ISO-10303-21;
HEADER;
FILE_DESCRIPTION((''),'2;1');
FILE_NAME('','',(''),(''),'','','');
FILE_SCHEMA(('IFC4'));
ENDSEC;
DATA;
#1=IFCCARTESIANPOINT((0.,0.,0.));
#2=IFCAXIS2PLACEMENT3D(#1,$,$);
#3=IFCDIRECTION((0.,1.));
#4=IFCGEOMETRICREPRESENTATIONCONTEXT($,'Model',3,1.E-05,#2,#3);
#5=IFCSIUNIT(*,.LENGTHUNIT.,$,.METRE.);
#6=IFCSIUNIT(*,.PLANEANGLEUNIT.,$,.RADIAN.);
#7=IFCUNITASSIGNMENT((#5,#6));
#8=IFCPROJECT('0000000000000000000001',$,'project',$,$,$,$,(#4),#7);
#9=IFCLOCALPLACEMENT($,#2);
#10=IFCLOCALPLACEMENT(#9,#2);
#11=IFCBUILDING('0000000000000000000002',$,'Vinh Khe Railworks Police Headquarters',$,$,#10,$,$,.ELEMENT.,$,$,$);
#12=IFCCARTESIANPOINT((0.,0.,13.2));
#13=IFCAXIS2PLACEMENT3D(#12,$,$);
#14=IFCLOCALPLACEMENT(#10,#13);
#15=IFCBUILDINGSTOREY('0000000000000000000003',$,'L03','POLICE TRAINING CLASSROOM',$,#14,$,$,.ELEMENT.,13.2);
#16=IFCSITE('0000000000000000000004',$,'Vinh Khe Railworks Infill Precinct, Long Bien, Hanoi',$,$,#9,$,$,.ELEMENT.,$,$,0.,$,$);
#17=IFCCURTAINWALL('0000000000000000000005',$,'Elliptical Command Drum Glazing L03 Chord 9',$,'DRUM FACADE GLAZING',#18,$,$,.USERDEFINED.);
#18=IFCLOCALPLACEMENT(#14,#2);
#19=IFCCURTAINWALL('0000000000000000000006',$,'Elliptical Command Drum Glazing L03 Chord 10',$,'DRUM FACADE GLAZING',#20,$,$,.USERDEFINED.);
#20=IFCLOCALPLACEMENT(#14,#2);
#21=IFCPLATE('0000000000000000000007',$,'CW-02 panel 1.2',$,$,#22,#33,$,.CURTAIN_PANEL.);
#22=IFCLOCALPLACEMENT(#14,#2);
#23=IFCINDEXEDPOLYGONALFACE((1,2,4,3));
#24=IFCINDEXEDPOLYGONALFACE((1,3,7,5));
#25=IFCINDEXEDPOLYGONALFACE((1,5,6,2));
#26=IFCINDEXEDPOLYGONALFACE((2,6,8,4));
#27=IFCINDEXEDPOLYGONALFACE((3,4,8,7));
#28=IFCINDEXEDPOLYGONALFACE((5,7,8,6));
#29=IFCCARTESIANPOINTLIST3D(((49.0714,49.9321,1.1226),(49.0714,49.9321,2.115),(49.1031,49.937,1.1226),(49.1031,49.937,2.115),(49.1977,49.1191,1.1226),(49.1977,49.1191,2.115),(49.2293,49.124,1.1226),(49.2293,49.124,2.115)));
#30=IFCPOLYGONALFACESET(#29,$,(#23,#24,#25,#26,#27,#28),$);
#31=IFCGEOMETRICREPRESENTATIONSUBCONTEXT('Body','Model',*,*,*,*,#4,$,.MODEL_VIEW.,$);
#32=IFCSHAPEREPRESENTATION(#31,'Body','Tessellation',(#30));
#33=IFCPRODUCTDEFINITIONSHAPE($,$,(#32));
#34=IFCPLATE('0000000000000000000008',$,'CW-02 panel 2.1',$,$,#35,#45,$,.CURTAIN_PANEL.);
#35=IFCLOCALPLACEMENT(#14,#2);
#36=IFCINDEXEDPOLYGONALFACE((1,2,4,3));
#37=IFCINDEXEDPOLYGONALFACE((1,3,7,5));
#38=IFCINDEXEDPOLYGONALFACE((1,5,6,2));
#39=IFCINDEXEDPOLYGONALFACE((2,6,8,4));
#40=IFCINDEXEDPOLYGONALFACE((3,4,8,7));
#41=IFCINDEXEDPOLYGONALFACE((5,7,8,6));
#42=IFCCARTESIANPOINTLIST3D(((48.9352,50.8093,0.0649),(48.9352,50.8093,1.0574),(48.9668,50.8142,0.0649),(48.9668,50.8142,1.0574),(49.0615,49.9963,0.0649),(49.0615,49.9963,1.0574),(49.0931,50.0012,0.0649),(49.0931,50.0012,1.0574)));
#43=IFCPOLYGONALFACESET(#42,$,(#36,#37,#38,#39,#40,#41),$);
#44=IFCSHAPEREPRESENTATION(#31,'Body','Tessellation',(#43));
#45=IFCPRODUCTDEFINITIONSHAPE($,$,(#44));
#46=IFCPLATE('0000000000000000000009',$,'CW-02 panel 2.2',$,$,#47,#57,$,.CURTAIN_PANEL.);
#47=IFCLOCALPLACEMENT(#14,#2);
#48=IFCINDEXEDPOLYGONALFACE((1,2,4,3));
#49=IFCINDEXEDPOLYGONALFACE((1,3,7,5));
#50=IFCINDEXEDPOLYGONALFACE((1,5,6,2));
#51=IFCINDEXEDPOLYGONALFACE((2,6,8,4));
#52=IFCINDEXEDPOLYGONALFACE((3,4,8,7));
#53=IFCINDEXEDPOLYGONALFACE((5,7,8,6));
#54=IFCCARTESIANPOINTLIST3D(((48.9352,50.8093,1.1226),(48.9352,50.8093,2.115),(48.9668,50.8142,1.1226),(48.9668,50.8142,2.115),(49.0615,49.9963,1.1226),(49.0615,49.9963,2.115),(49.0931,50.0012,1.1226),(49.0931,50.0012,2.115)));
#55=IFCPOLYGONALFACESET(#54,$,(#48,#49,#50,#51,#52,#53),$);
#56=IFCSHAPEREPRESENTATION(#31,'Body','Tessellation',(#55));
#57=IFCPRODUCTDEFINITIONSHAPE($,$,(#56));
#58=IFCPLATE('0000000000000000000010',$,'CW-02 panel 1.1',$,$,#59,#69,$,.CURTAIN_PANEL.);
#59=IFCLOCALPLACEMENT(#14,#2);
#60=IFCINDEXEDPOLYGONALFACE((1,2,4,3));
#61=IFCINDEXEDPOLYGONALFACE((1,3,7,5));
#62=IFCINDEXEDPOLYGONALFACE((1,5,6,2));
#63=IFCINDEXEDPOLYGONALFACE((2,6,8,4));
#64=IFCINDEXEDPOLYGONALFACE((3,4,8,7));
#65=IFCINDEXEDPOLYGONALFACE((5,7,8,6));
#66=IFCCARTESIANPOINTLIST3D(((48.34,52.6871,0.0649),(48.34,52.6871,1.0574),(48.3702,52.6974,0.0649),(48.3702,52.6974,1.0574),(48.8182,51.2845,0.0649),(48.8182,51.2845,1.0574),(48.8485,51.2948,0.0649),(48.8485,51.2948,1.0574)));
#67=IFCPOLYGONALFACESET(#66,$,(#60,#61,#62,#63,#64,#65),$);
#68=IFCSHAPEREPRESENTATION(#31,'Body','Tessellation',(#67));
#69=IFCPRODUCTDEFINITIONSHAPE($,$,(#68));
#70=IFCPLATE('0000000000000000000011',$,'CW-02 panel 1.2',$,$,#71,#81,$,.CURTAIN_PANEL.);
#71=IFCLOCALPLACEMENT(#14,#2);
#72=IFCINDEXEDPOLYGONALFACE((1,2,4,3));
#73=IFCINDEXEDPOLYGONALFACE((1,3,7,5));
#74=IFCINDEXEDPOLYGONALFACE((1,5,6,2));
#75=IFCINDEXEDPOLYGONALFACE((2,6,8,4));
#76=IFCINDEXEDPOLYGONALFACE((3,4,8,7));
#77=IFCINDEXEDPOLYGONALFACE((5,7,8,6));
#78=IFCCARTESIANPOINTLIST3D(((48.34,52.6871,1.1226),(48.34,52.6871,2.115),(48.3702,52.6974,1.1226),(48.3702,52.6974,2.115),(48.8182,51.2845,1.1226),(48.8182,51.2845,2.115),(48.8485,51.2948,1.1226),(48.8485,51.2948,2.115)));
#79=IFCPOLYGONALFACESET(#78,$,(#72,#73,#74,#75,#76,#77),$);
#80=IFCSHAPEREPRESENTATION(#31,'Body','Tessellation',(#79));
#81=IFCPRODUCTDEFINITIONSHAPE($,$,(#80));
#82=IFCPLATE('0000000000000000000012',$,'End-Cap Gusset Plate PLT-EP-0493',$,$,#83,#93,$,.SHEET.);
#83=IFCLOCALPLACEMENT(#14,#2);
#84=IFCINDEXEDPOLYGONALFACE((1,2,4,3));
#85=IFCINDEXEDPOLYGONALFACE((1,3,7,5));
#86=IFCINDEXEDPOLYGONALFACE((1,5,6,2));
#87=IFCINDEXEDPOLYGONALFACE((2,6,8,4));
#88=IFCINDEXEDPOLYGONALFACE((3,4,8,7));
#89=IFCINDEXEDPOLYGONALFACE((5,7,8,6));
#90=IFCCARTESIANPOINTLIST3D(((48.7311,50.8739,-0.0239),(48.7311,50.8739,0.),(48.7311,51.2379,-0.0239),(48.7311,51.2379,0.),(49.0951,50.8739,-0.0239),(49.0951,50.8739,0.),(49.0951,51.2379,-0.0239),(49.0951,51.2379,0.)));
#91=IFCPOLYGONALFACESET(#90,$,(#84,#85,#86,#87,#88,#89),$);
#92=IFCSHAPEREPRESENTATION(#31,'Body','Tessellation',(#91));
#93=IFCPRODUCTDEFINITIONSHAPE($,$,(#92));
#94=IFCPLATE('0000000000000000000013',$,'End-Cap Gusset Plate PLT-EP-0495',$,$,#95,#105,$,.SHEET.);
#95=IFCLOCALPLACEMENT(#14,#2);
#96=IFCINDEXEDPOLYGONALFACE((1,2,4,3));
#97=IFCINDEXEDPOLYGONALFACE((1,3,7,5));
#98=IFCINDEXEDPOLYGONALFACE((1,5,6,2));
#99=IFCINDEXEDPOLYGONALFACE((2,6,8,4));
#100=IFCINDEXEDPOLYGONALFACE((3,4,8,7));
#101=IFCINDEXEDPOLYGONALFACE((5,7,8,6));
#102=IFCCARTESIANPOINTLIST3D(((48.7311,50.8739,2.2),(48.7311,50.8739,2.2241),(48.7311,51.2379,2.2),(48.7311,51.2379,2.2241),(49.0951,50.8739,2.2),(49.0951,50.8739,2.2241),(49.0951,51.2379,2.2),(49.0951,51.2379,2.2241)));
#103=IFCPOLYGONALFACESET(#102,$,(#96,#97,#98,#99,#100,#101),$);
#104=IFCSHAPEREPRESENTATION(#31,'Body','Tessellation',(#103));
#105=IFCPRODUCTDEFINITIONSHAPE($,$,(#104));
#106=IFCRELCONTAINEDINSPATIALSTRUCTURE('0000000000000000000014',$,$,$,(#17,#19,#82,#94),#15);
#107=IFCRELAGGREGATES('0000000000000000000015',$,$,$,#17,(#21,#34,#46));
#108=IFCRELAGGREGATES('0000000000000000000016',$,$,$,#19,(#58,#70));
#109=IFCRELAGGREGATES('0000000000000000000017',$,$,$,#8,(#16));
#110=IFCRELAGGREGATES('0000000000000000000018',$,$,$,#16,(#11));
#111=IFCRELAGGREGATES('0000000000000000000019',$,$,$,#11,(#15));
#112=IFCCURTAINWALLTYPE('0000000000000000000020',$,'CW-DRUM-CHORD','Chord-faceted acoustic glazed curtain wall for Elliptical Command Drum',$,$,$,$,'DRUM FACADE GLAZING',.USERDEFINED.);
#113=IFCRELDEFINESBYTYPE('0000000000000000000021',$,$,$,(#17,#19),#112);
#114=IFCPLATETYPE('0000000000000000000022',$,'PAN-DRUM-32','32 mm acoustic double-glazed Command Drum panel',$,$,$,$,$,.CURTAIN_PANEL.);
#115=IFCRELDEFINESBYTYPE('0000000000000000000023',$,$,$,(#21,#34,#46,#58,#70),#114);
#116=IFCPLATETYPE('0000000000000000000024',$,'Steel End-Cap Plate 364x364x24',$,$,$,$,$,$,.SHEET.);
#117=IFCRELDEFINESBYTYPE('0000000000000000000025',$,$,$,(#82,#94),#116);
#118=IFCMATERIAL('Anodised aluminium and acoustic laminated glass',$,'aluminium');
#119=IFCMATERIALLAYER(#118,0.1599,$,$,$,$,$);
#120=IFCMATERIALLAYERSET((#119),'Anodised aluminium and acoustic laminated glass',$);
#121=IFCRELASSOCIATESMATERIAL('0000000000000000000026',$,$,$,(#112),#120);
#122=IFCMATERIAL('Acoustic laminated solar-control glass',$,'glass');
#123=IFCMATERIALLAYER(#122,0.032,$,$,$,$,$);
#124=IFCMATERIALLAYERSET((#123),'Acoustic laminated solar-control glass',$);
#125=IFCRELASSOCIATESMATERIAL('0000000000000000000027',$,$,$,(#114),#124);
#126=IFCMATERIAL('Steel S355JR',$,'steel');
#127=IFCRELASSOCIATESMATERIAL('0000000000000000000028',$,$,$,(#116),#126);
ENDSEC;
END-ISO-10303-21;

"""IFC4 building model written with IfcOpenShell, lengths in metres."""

from ifc_helpers import new_model, si_unit, direction, frame, origin, origin_2d, place, context, subcontext, project, spatial, rectangle, extrude, material, layer, layer_set, material_profile, profile_set, type_object, element, aggregate, save


model = new_model("IFC4")

# Units and contexts
model_context = context("Model", 3, precision=1e-05, world=origin(), true_north=direction((0.0, 1.0)))
body_context = subcontext(model_context, "Body", "Model", "MODEL_VIEW")
ifc_project = project(units=[si_unit("LENGTHUNIT", "METRE"), si_unit("PLANEANGLEUNIT", "RADIAN")], contexts=[model_context])

# Site, building, storey
site_placement = place(None, origin())
site = spatial("IfcSite", under=ifc_project, at=site_placement, Name="Vinh Khe Railworks Infill Precinct, Long Bien, Hanoi", CompositionType="ELEMENT", RefElevation=0.0)
building_placement = place(site_placement, origin())
building = spatial("IfcBuilding", under=site, at=building_placement, Name="Vinh Khe Railworks Police Headquarters", CompositionType="ELEMENT")
storey_placement = place(building_placement, frame((0.0, 0.0, 13.2)))
storey = spatial("IfcBuildingStorey", under=building, at=storey_placement, Name="L03", Description="POLICE TRAINING CLASSROOM", CompositionType="ELEMENT", Elevation=13.2)

# Shared definitions
ifc_material_1 = material(Name="Steel S355JR", Category="steel")

# Curtain wall
ifc_material_2 = material(Name="Anodised aluminium and acoustic laminated glass", Category="aluminium")
ifc_layer_1 = layer(ifc_material_2, 0.1599)
ifc_layer_set_1 = layer_set([ifc_layer_1], Name="Anodised aluminium and acoustic laminated glass")
curtain_wall_type = type_object("IfcCurtainWallType", Name="CW-DRUM-CHORD", Description="Chord-faceted acoustic glazed curtain wall for Elliptical Command Drum", ElementType="DRUM FACADE GLAZING", PredefinedType="USERDEFINED", material=ifc_layer_set_1)
curtain_wall_1_placement = place(storey_placement, origin())
curtain_wall_1 = element("IfcCurtainWall", 1, at=curtain_wall_1_placement, inside=storey, type_object=curtain_wall_type, Name="Elliptical Command Drum Glazing L03 Chord 9", ObjectType="DRUM FACADE GLAZING", PredefinedType="USERDEFINED")

# Curtain wall
curtain_wall_2_placement = place(storey_placement, origin())
curtain_wall_2 = element("IfcCurtainWall", 2, at=curtain_wall_2_placement, inside=storey, type_object=curtain_wall_type, Name="Elliptical Command Drum Glazing L03 Chord 10", ObjectType="DRUM FACADE GLAZING", PredefinedType="USERDEFINED")

# Plates
ifc_material_3 = material(Name="Acoustic laminated solar-control glass", Category="glass")
ifc_layer_2 = layer(ifc_material_3, 0.032)
ifc_layer_set_2 = layer_set([ifc_layer_2], Name="Acoustic laminated solar-control glass")
plate_type_1 = type_object("IfcPlateType", Name="PAN-DRUM-32", Description="32 mm acoustic double-glazed Command Drum panel", PredefinedType="CURTAIN_PANEL", material=ifc_layer_set_2)
plate_1_placement = place(storey_placement, frame((49.1504, 49.5281, 1.1226), z_axis=(0.0, 0.0, 1.0), x_axis=(-0.153489, 0.98815, 0.0)))
plate_1 = element("IfcPlate", 3, at=plate_1_placement, type_object=plate_type_1, Name="CW-02 panel 1.2", PredefinedType="CURTAIN_PANEL", context=body_context, shape_type="SweptSolid", body=[
    extrude(rectangle(XDim=0.8228, YDim=0.032, at=origin_2d()), origin(), (0.0, 0.0, 1.0), 0.9924),
])
plate_2_placement = place(storey_placement, frame((49.0142, 50.4053, 0.0649), z_axis=(0.0, 0.0, 1.0), x_axis=(-0.153489, 0.98815, 0.0)))
plate_2 = element("IfcPlate", 4, at=plate_2_placement, type_object=plate_type_1, Name="CW-02 panel 2.1", PredefinedType="CURTAIN_PANEL", context=body_context, shape_type="SweptSolid", body=[
    extrude(rectangle(XDim=0.8228, YDim=0.032, at=origin_2d()), origin(), (0.0, 0.0, 1.0), 0.9924),
])
plate_3_placement = place(storey_placement, frame((49.0142, 50.4053, 1.1226), z_axis=(0.0, 0.0, 1.0), x_axis=(-0.153489, 0.98815, 0.0)))
plate_3 = element("IfcPlate", 5, at=plate_3_placement, type_object=plate_type_1, Name="CW-02 panel 2.2", PredefinedType="CURTAIN_PANEL", context=body_context, shape_type="SweptSolid", body=[
    extrude(rectangle(XDim=0.8228, YDim=0.032, at=origin_2d()), origin(), (0.0, 0.0, 1.0), 0.9924),
])
aggregate(curtain_wall_1, [plate_1, plate_2, plate_3])
plate_4_placement = place(storey_placement, frame((48.5942, 51.991, 0.0649), z_axis=(0.0, 0.0, 1.0), x_axis=(-0.322749, 0.946485, 0.0)))
plate_4 = element("IfcPlate", 6, at=plate_4_placement, type_object=plate_type_1, Name="CW-02 panel 1.1", PredefinedType="CURTAIN_PANEL", context=body_context, shape_type="SweptSolid", body=[
    extrude(rectangle(XDim=1.4819, YDim=0.032, at=origin_2d()), origin(), (0.0, 0.0, 1.0), 0.9924),
])
plate_5_placement = place(storey_placement, frame((48.5942, 51.991, 1.1226), z_axis=(0.0, 0.0, 1.0), x_axis=(-0.322749, 0.946485, 0.0)))
plate_5 = element("IfcPlate", 7, at=plate_5_placement, type_object=plate_type_1, Name="CW-02 panel 1.2", PredefinedType="CURTAIN_PANEL", context=body_context, shape_type="SweptSolid", body=[
    extrude(rectangle(XDim=1.4819, YDim=0.032, at=origin_2d()), origin(), (0.0, 0.0, 1.0), 0.9924),
])
aggregate(curtain_wall_2, [plate_4, plate_5])

# Plates
ifc_material_profile_1 = material_profile(ifc_material_1, rectangle(XDim=0.364, YDim=0.364, at=origin_2d()), Name="PL 364x364")
ifc_profile_set_1 = profile_set([ifc_material_profile_1], Name="Steel S355JR")
plate_type_2 = type_object("IfcPlateType", Name="Steel End-Cap Plate 364x364x24", PredefinedType="SHEET", material=ifc_profile_set_1)
plate_6_placement = place(storey_placement, frame((48.9131, 51.0559, 0.0), z_axis=(0.0, 0.0, -1.0), x_axis=(1.0, 0.0, 0.0)))
element("IfcPlate", 8, at=plate_6_placement, inside=storey, type_object=plate_type_2, Name="End-Cap Gusset Plate PLT-EP-0493", PredefinedType="SHEET", context=body_context, shape_type="SweptSolid", body=[
    extrude(rectangle(XDim=0.364, YDim=0.364, at=origin_2d()), origin(), (0.0, 0.0, 1.0), 0.0239),
])
plate_7_placement = place(storey_placement, frame((48.9131, 51.0559, 2.2), z_axis=(0.0, 0.0, 1.0), x_axis=(1.0, 0.0, 0.0)))
element("IfcPlate", 9, at=plate_7_placement, inside=storey, type_object=plate_type_2, Name="End-Cap Gusset Plate PLT-EP-0495", PredefinedType="SHEET", context=body_context, shape_type="SweptSolid", body=[
    extrude(rectangle(XDim=0.364, YDim=0.364, at=origin_2d()), origin(), (0.0, 0.0, 1.0), 0.0242),
])

save(model, "model.ifc")
